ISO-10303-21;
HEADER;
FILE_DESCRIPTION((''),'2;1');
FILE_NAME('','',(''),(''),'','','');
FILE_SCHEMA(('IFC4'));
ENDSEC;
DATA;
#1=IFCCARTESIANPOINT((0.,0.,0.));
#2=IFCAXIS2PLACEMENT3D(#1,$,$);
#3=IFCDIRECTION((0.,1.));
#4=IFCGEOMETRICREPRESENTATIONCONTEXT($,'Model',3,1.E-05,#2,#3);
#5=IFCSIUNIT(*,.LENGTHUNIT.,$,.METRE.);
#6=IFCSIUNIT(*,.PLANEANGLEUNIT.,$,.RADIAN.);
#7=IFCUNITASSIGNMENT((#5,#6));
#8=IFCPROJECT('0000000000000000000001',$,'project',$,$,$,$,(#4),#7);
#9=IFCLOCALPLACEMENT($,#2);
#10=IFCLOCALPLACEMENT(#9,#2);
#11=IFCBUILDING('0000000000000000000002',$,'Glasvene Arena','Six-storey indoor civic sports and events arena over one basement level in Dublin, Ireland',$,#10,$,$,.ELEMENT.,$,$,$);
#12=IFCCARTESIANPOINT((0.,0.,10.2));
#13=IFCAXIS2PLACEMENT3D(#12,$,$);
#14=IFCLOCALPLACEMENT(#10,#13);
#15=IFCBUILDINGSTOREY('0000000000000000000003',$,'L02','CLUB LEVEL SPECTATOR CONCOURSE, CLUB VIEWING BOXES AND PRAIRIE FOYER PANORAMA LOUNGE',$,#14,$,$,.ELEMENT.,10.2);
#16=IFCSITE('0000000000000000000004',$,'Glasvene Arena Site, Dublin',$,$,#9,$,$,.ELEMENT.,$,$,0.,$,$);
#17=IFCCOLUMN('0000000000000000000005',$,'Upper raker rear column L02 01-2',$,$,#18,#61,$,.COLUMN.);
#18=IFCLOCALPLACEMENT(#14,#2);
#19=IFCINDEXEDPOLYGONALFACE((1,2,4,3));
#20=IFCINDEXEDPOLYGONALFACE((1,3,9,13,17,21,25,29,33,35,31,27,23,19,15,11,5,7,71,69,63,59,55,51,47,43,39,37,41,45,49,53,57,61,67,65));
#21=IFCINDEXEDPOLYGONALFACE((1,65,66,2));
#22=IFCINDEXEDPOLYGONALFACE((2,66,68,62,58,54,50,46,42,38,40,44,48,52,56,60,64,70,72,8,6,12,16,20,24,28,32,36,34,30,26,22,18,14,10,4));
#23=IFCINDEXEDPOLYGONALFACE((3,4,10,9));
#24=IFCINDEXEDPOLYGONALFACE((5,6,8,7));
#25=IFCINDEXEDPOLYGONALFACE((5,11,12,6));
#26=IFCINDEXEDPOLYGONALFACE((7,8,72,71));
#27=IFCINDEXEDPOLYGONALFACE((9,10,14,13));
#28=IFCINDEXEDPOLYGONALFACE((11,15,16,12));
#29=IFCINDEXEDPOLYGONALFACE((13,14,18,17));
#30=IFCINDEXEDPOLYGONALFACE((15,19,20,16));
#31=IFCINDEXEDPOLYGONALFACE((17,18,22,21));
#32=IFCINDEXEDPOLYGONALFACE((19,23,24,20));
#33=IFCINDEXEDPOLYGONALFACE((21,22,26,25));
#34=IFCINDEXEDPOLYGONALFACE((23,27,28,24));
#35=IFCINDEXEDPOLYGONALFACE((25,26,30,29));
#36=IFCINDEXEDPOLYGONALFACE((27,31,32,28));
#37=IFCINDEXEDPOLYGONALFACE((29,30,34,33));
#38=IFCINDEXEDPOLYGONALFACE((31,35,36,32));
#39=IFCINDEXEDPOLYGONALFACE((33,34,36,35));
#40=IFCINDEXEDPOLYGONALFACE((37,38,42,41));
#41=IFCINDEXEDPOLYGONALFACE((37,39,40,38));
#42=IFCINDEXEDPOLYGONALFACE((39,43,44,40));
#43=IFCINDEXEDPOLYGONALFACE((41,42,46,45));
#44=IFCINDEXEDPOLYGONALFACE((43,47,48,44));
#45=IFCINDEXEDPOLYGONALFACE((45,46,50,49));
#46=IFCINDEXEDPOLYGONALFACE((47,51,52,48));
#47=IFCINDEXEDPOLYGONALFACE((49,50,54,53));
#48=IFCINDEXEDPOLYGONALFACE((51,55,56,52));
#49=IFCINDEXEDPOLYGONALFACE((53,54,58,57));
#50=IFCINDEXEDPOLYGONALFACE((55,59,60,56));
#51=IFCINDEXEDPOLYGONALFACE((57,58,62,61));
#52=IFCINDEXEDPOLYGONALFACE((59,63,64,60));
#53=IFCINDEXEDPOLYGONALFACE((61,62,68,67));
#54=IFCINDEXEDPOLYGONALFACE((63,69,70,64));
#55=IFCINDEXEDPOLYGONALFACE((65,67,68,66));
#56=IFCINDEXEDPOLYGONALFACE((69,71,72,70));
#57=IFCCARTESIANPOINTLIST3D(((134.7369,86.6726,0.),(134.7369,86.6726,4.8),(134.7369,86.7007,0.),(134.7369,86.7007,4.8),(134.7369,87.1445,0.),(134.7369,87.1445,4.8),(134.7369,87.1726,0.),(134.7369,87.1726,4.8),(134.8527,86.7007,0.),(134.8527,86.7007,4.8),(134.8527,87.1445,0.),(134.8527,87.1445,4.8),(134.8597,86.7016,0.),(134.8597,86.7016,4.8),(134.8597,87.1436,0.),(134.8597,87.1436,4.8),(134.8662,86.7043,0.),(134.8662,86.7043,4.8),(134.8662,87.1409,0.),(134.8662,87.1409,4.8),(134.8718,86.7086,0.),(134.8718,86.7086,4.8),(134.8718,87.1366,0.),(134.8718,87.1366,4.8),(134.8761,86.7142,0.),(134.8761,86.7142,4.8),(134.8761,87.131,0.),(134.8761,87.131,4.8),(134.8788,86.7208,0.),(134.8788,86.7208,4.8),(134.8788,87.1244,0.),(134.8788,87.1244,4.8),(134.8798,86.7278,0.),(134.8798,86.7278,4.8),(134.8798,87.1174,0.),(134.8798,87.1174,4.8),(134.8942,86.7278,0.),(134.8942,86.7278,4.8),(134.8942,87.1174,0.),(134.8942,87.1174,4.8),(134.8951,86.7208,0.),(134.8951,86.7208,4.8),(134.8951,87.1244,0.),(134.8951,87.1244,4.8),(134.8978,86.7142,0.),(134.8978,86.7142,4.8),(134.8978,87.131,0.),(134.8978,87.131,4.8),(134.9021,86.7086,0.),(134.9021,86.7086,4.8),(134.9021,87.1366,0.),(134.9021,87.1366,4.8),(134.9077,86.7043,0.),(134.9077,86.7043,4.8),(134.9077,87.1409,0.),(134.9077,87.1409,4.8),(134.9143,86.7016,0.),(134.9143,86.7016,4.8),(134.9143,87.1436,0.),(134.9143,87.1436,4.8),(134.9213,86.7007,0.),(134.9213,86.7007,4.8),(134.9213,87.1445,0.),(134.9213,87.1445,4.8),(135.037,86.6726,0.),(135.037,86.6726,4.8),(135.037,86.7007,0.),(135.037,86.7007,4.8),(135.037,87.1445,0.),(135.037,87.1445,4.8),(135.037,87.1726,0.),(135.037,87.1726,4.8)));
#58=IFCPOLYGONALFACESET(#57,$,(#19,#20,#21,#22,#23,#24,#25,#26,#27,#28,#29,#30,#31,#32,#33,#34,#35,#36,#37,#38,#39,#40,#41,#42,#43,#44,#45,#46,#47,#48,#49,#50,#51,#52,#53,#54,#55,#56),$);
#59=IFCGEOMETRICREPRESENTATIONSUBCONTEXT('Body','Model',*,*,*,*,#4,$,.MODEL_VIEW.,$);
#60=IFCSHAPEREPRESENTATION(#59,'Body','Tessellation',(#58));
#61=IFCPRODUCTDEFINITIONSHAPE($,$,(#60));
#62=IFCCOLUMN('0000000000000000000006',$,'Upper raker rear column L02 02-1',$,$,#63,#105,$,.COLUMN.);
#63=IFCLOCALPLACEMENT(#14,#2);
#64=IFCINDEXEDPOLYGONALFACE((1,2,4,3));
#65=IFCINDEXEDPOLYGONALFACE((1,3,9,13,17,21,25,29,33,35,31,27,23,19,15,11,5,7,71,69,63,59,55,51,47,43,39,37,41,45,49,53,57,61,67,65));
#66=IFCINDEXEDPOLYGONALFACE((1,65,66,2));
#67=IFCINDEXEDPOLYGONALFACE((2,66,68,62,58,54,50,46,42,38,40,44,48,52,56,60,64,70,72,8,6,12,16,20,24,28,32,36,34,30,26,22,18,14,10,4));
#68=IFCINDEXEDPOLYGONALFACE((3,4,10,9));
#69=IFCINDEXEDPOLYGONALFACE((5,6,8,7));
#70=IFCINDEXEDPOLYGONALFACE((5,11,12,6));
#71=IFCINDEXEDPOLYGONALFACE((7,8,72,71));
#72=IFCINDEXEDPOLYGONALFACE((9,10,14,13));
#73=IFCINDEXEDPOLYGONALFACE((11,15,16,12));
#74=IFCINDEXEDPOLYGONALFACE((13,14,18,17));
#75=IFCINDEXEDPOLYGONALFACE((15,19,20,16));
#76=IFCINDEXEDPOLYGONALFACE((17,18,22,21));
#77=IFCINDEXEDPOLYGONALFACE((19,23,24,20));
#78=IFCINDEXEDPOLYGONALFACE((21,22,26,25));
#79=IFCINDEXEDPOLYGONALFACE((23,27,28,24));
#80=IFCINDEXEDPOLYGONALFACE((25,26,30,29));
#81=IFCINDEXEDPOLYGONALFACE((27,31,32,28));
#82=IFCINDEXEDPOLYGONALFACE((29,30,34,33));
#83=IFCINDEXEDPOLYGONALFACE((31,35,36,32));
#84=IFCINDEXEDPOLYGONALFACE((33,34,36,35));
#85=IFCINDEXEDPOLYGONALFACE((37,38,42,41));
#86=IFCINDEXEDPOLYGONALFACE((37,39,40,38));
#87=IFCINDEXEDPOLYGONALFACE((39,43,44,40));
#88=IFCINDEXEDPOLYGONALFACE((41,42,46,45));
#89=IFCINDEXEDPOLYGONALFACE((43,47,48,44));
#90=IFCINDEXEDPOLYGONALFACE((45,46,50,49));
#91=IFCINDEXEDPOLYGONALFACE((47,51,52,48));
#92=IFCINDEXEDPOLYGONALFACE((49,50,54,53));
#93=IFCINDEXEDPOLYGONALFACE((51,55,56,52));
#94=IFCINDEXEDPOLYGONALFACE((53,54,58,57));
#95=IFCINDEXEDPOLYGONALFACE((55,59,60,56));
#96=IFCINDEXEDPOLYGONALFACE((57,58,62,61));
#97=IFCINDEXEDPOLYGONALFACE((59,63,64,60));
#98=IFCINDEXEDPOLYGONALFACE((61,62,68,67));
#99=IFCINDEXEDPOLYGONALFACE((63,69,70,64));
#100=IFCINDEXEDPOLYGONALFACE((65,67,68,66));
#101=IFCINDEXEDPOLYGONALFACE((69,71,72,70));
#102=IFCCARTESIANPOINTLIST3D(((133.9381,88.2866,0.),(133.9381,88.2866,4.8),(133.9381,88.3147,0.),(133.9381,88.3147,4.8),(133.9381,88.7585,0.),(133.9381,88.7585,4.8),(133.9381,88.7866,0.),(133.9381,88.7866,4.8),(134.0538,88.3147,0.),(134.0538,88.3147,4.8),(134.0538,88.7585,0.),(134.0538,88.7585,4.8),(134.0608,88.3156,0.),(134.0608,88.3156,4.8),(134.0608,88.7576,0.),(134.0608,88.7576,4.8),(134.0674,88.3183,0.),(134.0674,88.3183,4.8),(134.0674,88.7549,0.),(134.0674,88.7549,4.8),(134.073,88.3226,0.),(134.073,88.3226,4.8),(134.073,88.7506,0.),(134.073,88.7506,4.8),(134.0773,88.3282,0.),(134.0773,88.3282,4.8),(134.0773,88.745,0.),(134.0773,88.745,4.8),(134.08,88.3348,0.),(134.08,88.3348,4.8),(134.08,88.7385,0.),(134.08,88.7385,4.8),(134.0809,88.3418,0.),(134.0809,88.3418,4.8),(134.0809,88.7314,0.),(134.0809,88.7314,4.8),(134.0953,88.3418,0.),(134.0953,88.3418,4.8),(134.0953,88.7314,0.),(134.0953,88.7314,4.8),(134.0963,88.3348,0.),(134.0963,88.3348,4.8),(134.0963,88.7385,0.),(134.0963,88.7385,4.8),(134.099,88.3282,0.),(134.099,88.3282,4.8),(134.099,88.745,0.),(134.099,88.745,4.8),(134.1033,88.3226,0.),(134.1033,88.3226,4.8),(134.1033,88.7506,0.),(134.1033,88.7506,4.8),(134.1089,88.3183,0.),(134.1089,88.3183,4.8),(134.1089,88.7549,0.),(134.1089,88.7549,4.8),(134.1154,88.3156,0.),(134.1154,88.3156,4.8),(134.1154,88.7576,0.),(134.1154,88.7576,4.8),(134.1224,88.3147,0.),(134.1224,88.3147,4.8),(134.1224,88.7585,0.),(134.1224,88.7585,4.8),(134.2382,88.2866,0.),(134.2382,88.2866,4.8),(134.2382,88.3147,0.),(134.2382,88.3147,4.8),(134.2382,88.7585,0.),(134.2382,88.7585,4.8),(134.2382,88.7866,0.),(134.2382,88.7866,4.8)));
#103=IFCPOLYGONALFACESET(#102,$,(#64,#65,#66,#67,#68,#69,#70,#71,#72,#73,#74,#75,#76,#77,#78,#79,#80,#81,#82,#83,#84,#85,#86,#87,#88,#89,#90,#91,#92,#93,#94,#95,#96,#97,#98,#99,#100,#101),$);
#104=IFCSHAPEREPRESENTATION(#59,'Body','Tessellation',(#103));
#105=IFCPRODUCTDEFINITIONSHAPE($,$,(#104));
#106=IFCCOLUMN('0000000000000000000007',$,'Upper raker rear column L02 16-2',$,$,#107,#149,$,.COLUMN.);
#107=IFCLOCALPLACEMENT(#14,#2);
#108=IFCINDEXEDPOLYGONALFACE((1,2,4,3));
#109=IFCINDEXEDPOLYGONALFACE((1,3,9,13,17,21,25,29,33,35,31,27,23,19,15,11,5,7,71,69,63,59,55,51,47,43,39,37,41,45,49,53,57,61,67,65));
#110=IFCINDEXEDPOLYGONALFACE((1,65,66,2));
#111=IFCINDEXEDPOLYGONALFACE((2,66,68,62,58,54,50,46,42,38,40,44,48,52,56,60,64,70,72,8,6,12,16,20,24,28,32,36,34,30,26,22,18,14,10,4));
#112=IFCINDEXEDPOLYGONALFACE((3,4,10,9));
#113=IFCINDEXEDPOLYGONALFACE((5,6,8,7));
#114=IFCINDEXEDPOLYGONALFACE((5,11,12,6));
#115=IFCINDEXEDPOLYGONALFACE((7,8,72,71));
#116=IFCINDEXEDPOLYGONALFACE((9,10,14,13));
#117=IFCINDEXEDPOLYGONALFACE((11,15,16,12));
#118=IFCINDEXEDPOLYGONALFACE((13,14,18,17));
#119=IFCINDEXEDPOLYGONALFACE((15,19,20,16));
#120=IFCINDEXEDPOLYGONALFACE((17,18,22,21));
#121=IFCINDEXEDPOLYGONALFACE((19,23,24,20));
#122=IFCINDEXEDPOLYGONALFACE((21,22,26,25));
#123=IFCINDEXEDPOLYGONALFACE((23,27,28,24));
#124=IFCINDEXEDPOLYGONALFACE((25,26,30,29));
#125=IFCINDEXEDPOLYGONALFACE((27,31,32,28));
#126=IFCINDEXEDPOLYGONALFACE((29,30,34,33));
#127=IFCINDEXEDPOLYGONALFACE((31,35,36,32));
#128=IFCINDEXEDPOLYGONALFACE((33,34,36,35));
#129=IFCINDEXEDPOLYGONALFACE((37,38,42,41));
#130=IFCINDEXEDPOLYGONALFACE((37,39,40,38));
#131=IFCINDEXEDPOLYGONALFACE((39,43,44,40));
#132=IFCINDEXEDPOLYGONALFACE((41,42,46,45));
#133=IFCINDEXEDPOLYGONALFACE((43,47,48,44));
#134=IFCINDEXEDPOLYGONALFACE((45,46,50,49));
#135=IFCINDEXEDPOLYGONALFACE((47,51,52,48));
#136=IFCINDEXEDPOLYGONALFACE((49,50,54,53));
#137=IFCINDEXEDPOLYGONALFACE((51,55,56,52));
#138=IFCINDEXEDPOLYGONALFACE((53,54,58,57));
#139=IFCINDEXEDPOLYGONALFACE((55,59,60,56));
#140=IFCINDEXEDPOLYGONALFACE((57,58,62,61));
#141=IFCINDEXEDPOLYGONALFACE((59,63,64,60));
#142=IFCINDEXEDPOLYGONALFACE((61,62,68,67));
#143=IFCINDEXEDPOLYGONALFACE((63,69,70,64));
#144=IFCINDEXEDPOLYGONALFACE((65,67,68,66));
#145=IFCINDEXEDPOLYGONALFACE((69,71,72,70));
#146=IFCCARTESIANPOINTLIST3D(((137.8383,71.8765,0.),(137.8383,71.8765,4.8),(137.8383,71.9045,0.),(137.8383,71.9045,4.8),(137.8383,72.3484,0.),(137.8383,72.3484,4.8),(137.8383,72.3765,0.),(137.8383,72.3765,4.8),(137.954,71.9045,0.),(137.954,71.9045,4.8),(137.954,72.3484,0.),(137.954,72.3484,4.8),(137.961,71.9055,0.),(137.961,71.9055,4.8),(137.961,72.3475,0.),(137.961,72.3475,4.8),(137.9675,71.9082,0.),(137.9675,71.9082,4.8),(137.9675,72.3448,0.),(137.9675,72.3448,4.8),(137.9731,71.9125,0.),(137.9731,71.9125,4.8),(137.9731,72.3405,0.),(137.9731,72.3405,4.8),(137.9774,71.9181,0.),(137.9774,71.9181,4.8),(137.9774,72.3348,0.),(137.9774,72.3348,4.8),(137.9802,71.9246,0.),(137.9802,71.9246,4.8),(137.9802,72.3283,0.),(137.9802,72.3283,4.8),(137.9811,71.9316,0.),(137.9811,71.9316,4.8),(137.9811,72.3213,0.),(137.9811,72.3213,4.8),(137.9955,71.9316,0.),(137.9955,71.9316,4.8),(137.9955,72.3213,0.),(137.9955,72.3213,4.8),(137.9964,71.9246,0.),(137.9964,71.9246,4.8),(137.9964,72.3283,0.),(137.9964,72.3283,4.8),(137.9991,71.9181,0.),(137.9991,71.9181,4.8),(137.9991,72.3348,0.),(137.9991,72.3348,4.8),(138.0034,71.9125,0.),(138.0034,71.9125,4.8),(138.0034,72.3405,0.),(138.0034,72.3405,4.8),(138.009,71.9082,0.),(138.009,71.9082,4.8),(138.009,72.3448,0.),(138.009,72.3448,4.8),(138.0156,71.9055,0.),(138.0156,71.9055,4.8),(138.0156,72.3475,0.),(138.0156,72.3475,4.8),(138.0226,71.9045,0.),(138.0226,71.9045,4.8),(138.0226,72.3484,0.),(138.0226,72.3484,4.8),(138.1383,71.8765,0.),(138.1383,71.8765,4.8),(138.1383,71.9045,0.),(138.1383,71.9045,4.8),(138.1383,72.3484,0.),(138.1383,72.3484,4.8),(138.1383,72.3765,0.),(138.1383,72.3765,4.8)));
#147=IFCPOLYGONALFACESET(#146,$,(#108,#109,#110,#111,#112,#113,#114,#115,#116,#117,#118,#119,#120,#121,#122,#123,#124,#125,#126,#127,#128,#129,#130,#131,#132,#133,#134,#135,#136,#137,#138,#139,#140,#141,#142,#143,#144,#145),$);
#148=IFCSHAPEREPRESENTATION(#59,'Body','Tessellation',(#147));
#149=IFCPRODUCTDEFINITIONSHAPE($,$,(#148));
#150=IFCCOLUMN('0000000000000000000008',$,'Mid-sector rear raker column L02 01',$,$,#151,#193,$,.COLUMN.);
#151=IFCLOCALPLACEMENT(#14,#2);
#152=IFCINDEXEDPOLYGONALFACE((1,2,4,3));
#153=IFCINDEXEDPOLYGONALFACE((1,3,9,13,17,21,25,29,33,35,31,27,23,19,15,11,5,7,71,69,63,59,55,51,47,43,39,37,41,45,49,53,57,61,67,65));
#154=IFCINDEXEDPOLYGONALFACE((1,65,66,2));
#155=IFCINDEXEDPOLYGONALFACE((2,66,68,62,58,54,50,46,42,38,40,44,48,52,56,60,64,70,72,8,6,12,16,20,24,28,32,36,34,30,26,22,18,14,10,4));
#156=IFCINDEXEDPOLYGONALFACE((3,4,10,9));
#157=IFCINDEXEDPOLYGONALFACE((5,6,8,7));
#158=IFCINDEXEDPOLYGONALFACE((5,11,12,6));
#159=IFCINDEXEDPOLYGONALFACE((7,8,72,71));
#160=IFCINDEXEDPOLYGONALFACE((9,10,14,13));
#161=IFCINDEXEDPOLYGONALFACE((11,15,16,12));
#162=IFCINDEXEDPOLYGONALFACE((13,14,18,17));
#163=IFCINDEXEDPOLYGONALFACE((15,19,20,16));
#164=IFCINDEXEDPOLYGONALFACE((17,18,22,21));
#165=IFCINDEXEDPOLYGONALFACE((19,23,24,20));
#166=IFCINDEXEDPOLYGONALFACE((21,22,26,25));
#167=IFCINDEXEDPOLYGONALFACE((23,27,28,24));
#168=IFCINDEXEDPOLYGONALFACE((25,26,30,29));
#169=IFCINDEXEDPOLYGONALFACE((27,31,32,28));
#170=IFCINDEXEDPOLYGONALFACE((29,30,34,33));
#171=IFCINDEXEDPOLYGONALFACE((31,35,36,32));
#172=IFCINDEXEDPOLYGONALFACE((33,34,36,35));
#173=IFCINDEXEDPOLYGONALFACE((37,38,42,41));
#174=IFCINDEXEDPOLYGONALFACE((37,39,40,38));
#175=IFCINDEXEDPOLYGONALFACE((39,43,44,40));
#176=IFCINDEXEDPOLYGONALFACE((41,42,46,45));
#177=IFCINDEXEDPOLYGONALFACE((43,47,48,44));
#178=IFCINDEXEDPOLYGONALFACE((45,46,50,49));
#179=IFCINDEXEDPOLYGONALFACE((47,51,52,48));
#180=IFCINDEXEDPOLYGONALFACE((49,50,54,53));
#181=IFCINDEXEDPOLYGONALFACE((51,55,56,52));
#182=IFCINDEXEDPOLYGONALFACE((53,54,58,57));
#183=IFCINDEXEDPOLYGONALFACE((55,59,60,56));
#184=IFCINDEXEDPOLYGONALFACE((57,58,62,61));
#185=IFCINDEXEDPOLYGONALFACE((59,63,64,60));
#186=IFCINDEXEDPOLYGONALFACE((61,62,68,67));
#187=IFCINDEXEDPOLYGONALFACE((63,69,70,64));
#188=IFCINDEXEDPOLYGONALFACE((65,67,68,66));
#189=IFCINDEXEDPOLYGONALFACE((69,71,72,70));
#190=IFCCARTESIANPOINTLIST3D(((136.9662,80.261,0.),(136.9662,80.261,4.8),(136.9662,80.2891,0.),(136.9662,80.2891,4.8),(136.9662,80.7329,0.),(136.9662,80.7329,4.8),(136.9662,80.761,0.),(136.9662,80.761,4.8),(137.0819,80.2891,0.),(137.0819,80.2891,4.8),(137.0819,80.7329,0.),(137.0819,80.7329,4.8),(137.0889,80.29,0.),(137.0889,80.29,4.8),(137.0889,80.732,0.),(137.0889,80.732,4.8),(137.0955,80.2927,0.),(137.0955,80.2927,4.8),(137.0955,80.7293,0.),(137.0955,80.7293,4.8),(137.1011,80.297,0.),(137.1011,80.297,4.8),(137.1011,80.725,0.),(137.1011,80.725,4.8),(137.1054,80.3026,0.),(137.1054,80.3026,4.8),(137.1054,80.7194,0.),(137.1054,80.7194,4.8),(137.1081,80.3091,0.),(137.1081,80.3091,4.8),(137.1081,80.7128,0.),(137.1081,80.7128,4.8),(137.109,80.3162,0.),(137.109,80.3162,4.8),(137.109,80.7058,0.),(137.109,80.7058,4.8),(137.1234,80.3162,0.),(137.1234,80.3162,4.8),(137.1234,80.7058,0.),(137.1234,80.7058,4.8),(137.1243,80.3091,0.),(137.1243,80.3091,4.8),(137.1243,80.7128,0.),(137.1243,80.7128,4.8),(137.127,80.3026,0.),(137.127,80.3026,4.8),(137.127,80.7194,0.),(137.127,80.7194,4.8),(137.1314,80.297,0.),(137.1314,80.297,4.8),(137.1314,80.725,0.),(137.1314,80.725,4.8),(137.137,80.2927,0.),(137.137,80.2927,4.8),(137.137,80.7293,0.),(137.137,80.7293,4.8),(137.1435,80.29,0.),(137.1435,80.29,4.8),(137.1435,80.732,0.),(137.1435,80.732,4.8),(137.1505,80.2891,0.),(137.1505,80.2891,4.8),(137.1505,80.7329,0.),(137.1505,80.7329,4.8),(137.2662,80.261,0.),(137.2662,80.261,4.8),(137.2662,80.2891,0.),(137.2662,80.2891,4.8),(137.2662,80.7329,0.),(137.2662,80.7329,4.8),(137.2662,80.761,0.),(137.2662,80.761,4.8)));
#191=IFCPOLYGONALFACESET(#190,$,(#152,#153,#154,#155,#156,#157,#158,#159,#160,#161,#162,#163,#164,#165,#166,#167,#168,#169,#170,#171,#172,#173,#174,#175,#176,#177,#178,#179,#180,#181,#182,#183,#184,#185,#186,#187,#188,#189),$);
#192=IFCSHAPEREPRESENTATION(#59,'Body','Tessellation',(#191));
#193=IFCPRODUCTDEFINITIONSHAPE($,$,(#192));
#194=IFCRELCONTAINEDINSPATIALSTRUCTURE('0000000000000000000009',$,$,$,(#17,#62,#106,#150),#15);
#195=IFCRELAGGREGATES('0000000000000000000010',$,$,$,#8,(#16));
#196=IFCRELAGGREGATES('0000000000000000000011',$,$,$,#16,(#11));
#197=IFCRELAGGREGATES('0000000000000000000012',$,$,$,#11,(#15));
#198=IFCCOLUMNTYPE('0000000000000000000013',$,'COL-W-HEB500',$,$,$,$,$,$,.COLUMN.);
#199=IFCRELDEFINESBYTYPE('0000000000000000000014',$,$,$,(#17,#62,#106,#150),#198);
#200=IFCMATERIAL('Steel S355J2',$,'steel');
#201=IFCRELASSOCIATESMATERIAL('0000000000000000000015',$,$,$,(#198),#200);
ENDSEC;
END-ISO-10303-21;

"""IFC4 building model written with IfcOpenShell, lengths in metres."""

from ifc_helpers import new_model, si_unit, direction, frame, origin, origin_2d, place, context, subcontext, project, spatial, i_section, extrude, material, material_profile, profile_set, type_object, element, save


model = new_model("IFC4")

# Units and contexts
model_context = context("Model", 3, precision=1e-05, world=origin(), true_north=direction((0.0, 1.0)))
body_context = subcontext(model_context, "Body", "Model", "MODEL_VIEW")
ifc_project = project(units=[si_unit("LENGTHUNIT", "METRE"), si_unit("PLANEANGLEUNIT", "RADIAN")], contexts=[model_context])

# Site, building, storey
site_placement = place(None, origin())
site = spatial("IfcSite", under=ifc_project, at=site_placement, Name="Glasvene Arena Site, Dublin", CompositionType="ELEMENT", RefElevation=0.0)
building_placement = place(site_placement, origin())
building = spatial("IfcBuilding", under=site, at=building_placement, Name="Glasvene Arena", Description="Six-storey indoor civic sports and events arena over one basement level in Dublin, Ireland", CompositionType="ELEMENT")
storey_placement = place(building_placement, frame((0.0, 0.0, 10.2)))
storey = spatial("IfcBuildingStorey", under=building, at=storey_placement, Name="L02", Description="CLUB LEVEL SPECTATOR CONCOURSE, CLUB VIEWING BOXES AND PRAIRIE FOYER PANORAMA LOUNGE", CompositionType="ELEMENT", Elevation=10.2)

# Columns
ifc_material_1 = material(Name="Steel S355J2", Category="steel")
ifc_material_profile_1 = material_profile(ifc_material_1, i_section(OverallWidth=0.3, OverallDepth=0.5, WebThickness=0.0144, FlangeThickness=0.0281, FilletRadius=0.0271, at=origin_2d()), Name="HEB 500")
ifc_profile_set_1 = profile_set([ifc_material_profile_1], Name="Steel S355J2")
column_type_1 = type_object("IfcColumnType", Name="COL-W-HEB500", PredefinedType="COLUMN", material=ifc_profile_set_1)
for number, where, z_axis, x_axis, name in (
    (1, (134.887, 86.9226, 0.0), (0.0, 0.0, 1.0), (1.0, 0.0, 0.0), "Upper raker rear column L02 01-2"),
    (2, (134.0881, 88.5366, 0.0), (0.0, 0.0, 1.0), (1.0, 0.0, 0.0), "Upper raker rear column L02 02-1"),
    (3, (137.9883, 72.1265, 0.0), (0.0, 0.0, 1.0), (1.0, 0.0, 0.0), "Upper raker rear column L02 16-2"),
    (4, (137.1162, 80.511, 0.0), (0.0, 0.0, 1.0), (1.0, 0.0, 0.0), "Mid-sector rear raker column L02 01"),
):
    element("IfcColumn", number, at=place(storey_placement, frame(where, z_axis=z_axis, x_axis=x_axis)), inside=storey, type_object=column_type_1, Name=name, PredefinedType="COLUMN", context=body_context, shape_type="SweptSolid", body=[
        extrude(i_section(OverallWidth=0.3, OverallDepth=0.5, WebThickness=0.0144, FlangeThickness=0.0281, FilletRadius=0.0271, at=origin_2d()), origin(), (0.0, 0.0, 1.0), 4.8),
    ])

save(model, "model.ifc")
